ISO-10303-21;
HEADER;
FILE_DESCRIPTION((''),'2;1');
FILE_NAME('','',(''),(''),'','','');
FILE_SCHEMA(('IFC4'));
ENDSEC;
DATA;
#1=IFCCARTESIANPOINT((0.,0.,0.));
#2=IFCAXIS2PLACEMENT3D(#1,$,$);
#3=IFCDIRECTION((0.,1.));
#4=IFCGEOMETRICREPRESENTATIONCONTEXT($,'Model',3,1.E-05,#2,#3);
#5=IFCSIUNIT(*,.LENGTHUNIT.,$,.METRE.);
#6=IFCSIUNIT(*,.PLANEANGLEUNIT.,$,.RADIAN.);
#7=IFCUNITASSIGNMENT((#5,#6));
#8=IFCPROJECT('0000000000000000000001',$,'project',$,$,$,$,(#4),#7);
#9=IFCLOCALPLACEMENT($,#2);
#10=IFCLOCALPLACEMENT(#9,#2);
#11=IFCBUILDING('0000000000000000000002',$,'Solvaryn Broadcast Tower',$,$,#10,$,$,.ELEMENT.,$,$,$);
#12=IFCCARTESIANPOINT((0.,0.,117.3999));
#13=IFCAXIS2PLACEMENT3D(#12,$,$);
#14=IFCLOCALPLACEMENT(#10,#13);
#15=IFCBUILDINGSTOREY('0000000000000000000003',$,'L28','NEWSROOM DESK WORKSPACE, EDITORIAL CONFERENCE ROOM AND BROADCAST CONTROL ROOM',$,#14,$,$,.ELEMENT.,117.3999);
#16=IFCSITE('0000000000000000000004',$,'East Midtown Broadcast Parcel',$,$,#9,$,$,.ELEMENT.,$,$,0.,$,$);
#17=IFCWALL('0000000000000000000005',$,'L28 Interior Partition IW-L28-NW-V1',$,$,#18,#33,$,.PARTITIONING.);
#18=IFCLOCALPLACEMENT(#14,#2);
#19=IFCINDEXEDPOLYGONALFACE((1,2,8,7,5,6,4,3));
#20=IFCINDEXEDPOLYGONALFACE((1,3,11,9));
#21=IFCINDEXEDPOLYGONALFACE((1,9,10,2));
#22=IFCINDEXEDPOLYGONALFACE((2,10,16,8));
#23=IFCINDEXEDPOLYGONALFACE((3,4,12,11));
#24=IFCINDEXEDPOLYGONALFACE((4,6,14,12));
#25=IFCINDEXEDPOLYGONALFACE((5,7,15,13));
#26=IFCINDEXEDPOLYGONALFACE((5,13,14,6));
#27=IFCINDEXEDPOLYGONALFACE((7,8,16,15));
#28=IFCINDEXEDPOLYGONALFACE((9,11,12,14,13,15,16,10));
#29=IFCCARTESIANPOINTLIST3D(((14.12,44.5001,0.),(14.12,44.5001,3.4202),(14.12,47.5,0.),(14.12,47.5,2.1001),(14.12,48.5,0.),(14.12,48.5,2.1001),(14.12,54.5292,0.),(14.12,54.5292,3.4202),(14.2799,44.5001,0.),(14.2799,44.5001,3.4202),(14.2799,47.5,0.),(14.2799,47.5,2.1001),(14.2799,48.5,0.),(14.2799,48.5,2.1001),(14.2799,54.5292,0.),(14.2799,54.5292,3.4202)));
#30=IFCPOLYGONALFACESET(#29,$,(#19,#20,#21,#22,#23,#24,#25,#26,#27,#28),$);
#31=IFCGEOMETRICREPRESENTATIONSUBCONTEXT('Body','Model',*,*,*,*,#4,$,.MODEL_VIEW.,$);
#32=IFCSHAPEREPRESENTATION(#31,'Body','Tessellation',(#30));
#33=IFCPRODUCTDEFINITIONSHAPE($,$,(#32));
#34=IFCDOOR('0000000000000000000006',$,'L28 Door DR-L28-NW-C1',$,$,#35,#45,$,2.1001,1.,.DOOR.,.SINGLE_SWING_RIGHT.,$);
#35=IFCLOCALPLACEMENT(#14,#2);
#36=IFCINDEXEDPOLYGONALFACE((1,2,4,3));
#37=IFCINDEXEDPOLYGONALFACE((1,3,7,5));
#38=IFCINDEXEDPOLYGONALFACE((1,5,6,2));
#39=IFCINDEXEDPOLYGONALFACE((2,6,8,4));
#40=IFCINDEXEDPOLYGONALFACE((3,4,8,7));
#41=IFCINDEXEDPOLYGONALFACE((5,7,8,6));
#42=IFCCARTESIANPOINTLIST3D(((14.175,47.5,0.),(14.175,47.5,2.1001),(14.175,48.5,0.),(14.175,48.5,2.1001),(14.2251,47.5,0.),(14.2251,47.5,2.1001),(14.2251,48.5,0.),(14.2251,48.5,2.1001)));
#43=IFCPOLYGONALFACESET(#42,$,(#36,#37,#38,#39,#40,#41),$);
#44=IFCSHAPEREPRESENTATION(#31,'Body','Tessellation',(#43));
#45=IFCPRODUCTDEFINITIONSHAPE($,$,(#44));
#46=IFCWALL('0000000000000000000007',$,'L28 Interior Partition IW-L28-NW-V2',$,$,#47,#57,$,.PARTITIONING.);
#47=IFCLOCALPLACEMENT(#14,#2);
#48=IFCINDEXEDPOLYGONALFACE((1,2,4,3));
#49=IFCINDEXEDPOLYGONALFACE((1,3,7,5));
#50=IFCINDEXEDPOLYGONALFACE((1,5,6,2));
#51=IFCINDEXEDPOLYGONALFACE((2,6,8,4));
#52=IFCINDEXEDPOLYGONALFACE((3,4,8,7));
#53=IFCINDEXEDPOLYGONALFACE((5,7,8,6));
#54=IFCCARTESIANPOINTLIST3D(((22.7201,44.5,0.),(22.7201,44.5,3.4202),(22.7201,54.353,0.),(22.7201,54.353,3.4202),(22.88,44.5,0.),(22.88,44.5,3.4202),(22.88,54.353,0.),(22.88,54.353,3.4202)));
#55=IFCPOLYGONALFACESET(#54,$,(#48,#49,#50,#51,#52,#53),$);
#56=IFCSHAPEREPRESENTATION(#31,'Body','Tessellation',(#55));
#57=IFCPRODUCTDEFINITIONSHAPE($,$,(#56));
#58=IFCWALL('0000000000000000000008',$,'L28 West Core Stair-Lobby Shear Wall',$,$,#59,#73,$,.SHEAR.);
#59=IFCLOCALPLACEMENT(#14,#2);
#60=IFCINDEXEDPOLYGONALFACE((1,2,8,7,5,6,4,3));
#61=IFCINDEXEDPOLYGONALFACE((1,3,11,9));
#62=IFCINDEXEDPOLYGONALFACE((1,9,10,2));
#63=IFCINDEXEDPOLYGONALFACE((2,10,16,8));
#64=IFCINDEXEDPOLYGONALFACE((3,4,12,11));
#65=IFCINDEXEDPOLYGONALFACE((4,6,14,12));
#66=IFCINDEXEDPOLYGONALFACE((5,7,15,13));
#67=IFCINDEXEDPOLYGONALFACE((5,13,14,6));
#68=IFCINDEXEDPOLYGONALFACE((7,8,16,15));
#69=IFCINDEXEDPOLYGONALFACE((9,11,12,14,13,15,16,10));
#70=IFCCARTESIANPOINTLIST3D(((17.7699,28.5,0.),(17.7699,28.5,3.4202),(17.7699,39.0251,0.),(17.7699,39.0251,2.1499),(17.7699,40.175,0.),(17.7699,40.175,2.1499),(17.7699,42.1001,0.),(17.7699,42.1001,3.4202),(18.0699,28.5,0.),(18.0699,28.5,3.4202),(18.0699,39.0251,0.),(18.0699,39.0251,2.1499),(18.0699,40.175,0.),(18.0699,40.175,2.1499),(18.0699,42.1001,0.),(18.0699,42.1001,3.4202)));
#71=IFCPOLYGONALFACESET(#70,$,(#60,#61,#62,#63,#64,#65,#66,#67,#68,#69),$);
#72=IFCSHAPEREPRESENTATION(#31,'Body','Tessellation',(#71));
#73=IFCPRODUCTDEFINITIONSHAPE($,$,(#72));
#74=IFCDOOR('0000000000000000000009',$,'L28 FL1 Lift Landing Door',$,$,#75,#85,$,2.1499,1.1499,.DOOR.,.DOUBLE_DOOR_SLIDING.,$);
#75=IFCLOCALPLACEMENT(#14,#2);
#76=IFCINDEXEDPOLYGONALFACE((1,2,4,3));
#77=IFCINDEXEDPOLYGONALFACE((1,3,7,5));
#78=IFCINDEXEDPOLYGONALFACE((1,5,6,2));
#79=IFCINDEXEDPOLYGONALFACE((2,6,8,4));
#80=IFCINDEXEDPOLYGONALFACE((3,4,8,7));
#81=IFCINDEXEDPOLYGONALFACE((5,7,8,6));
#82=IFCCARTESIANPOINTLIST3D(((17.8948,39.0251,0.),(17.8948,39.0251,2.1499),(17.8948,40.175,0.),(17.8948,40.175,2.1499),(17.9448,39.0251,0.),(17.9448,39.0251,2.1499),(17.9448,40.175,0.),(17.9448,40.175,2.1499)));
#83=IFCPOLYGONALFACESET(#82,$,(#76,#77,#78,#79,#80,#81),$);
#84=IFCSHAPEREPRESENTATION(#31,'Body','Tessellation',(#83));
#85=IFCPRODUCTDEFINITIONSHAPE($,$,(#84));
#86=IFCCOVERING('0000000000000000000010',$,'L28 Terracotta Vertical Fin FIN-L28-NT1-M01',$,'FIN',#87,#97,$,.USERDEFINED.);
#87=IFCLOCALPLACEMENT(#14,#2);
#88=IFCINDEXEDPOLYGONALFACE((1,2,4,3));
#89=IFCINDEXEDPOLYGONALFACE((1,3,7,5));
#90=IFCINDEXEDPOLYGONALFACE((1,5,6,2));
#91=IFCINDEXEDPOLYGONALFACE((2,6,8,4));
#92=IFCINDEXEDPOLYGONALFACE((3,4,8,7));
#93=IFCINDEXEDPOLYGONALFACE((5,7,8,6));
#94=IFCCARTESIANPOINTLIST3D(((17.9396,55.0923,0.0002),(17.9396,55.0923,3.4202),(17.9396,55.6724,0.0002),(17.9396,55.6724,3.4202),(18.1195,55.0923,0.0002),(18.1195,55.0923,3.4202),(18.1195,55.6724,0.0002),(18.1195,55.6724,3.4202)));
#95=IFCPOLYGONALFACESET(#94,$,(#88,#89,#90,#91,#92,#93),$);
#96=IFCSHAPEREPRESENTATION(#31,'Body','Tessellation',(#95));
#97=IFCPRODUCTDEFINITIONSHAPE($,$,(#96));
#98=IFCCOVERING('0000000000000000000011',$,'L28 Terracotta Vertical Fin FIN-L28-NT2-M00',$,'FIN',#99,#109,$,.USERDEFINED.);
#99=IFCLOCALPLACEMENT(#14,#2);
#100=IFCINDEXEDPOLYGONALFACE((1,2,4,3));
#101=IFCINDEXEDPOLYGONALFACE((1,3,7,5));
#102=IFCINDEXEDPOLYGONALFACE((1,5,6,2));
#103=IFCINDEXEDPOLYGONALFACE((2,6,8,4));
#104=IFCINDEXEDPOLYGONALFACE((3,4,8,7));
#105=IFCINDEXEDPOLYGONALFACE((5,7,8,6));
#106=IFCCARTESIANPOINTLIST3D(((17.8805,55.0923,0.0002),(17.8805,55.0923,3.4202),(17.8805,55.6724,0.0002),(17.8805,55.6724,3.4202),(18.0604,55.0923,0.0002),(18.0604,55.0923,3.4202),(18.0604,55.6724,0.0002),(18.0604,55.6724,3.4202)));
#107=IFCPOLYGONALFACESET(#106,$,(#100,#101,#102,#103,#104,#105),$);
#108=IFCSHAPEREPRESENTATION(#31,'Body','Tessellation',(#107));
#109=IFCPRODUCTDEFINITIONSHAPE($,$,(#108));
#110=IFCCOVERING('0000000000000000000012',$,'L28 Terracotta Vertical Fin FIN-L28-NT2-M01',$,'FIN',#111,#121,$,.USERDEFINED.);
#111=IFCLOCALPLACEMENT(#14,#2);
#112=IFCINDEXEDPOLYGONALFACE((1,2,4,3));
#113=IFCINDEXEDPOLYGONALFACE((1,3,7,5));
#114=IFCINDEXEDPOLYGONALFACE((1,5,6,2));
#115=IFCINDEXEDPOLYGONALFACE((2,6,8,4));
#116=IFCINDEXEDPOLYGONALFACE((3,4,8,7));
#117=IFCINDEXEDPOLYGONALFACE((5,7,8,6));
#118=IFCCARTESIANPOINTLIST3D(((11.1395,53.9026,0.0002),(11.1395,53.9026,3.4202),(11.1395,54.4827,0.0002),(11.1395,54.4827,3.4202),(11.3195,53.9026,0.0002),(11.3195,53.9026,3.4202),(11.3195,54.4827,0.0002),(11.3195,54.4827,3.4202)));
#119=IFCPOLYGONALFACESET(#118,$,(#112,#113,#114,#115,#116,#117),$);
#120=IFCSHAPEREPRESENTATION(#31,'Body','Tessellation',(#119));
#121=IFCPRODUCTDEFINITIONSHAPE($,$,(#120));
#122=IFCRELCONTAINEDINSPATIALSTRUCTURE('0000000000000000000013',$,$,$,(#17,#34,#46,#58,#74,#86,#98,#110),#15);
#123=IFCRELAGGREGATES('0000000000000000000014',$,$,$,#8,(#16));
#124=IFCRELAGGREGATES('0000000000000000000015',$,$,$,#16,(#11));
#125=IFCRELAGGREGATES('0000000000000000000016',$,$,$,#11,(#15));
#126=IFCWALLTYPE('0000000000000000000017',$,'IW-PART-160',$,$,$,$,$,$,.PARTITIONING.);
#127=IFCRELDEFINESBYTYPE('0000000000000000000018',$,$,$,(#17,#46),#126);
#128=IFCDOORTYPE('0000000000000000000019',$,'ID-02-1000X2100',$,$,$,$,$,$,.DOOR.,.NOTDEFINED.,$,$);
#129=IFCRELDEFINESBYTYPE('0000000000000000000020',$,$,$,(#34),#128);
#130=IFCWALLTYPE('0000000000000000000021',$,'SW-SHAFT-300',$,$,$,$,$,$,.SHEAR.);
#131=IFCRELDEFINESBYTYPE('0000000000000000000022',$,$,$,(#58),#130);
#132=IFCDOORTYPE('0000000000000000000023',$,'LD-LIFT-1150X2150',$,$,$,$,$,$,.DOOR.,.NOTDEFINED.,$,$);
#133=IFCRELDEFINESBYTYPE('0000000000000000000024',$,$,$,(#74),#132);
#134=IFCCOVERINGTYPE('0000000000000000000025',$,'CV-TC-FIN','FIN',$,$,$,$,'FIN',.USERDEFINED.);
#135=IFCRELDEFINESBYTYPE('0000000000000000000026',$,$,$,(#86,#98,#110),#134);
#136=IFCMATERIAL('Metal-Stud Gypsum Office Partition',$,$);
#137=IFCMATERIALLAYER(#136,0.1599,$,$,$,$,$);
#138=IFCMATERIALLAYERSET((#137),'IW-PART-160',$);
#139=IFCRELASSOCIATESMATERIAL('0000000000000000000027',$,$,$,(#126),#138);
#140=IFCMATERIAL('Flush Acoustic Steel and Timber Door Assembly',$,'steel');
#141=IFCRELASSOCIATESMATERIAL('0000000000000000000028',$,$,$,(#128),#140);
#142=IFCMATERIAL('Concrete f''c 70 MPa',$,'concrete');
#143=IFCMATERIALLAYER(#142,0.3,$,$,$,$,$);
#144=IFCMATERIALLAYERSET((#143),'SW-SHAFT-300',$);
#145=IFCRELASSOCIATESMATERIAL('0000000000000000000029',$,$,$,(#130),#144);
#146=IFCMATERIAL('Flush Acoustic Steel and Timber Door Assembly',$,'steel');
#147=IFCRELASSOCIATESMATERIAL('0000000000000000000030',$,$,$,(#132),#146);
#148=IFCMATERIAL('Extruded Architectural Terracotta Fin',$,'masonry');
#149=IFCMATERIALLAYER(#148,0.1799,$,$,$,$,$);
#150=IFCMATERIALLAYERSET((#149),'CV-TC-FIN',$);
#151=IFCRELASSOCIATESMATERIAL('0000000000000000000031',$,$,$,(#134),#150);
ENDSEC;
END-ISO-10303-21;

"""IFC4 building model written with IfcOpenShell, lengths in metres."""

from ifc_helpers import new_model, si_unit, direction, frame, frame_2d, origin, origin_2d, place, context, subcontext, project, spatial, rectangle, extrude, material, layer, layer_set, type_object, element, fill, save


model = new_model("IFC4")

# Units and contexts
model_context = context("Model", 3, precision=1e-05, world=origin(), true_north=direction((0.0, 1.0)))
body_context = subcontext(model_context, "Body", "Model", "MODEL_VIEW")
ifc_project = project(units=[si_unit("LENGTHUNIT", "METRE"), si_unit("PLANEANGLEUNIT", "RADIAN")], contexts=[model_context])

# Site, building, storey
site_placement = place(None, origin())
site = spatial("IfcSite", under=ifc_project, at=site_placement, Name="East Midtown Broadcast Parcel", CompositionType="ELEMENT", RefElevation=0.0)
building_placement = place(site_placement, origin())
building = spatial("IfcBuilding", under=site, at=building_placement, Name="Solvaryn Broadcast Tower", CompositionType="ELEMENT")
storey_placement = place(building_placement, frame((0.0, 0.0, 117.3999)))
storey = spatial("IfcBuildingStorey", under=building, at=storey_placement, Name="L28", Description="NEWSROOM DESK WORKSPACE, EDITORIAL CONFERENCE ROOM AND BROADCAST CONTROL ROOM", CompositionType="ELEMENT", Elevation=117.3999)

# Shared definitions
ifc_material_1 = material(Name="Metal-Stud Gypsum Office Partition")
ifc_layer_1 = layer(ifc_material_1, 0.1599)
ifc_layer_set_1 = layer_set([ifc_layer_1], Name="IW-PART-160")
wall_type_1 = type_object("IfcWallType", Name="IW-PART-160", PredefinedType="PARTITIONING", material=ifc_layer_set_1)

# Wall, opening, door
wall_1_placement = place(storey_placement, frame((14.2, 44.5, 0.0), z_axis=(0.0, 0.0, 1.0), x_axis=(0.0, 1.0, 0.0)))
wall_1 = element("IfcWall", 1, at=wall_1_placement, inside=storey, type_object=wall_type_1, Name="L28 Interior Partition IW-L28-NW-V1", PredefinedType="PARTITIONING", context=body_context, shape_type="SweptSolid", body=[
    extrude(rectangle(XDim=10.0291, YDim=0.1599, at=frame_2d((5.0146, 0.0))), origin(), (0.0, 0.0, 1.0), 3.4202),
])
opening_1_placement = place(wall_1_placement, frame((3.0, 0.0, 0.0)))
opening_1 = element("IfcOpeningElement", 2, at=opening_1_placement, cuts=wall_1, PredefinedType="OPENING", context=body_context, shape_type="SweptSolid", body=[
    extrude(rectangle(XDim=1.0, YDim=2.1001, at=frame_2d((0.5, 1.05))), frame((0.0, 0.0901, 0.0), z_axis=(0.0, -1.0, 0.0), x_axis=(1.0, 0.0, 0.0)), (0.0, 0.0, 1.0), 0.1799),
])
ifc_material_2 = material(Name="Flush Acoustic Steel and Timber Door Assembly", Category="steel")
door_type_1 = type_object("IfcDoorType", Name="ID-02-1000X2100", OperationType="NOTDEFINED", PredefinedType="DOOR", material=ifc_material_2)
door_1_placement = place(opening_1_placement, origin())
door_1 = element("IfcDoor", 3, at=door_1_placement, inside=storey, type_object=door_type_1, Name="L28 Door DR-L28-NW-C1", OperationType="SINGLE_SWING_RIGHT", OverallHeight=2.1001, OverallWidth=1.0, PredefinedType="DOOR", context=body_context, shape_type="SweptSolid", body=[
    extrude(rectangle(XDim=1.0, YDim=2.1001, at=frame_2d((0.5, 1.05))), frame((0.0, 0.0249, 0.0), z_axis=(0.0, -1.0, 0.0), x_axis=(1.0, 0.0, 0.0)), (0.0, 0.0, 1.0), 0.05),
])
fill(opening_1, door_1)

# Wall
wall_2_placement = place(storey_placement, frame((22.8, 44.5, 0.0), z_axis=(0.0, 0.0, 1.0), x_axis=(0.0, 1.0, 0.0)))
element("IfcWall", 4, at=wall_2_placement, inside=storey, type_object=wall_type_1, Name="L28 Interior Partition IW-L28-NW-V2", PredefinedType="PARTITIONING", context=body_context, shape_type="SweptSolid", body=[
    extrude(rectangle(XDim=9.853, YDim=0.1599, at=frame_2d((4.9265, 0.0))), origin(), (0.0, 0.0, 1.0), 3.4202),
])

# Wall, opening, door
ifc_material_3 = material(Name="Concrete f'c 70 MPa", Category="concrete")
ifc_layer_2 = layer(ifc_material_3, 0.3)
ifc_layer_set_2 = layer_set([ifc_layer_2], Name="SW-SHAFT-300")
wall_type_2 = type_object("IfcWallType", Name="SW-SHAFT-300", PredefinedType="SHEAR", material=ifc_layer_set_2)
wall_3_placement = place(storey_placement, frame((17.9199, 42.1001, 0.0), z_axis=(0.0, 0.0, 1.0), x_axis=(0.0, -1.0, 0.0)))
wall_3 = element("IfcWall", 5, at=wall_3_placement, inside=storey, type_object=wall_type_2, Name="L28 West Core Stair-Lobby Shear Wall", PredefinedType="SHEAR", context=body_context, shape_type="SweptSolid", body=[
    extrude(rectangle(XDim=13.6001, YDim=0.3, at=frame_2d((6.8, 0.0))), origin(), (0.0, 0.0, 1.0), 3.4202),
])
opening_2_placement = place(wall_3_placement, frame((1.925, 0.0, 0.0)))
opening_2 = element("IfcOpeningElement", 6, at=opening_2_placement, cuts=wall_3, PredefinedType="OPENING", context=body_context, shape_type="SweptSolid", body=[
    extrude(rectangle(XDim=1.1499, YDim=2.1499, at=frame_2d((0.575, 1.075))), frame((0.0, 0.1599, 0.0), z_axis=(0.0, -1.0, 0.0), x_axis=(1.0, 0.0, 0.0)), (0.0, 0.0, 1.0), 0.3201),
])
ifc_material_4 = material(Name="Flush Acoustic Steel and Timber Door Assembly", Category="steel")
door_type_2 = type_object("IfcDoorType", Name="LD-LIFT-1150X2150", OperationType="NOTDEFINED", PredefinedType="DOOR", material=ifc_material_4)
door_2_placement = place(opening_2_placement, origin())
door_2 = element("IfcDoor", 7, at=door_2_placement, inside=storey, type_object=door_type_2, Name="L28 FL1 Lift Landing Door", OperationType="DOUBLE_DOOR_SLIDING", OverallHeight=2.1499, OverallWidth=1.1499, PredefinedType="DOOR", context=body_context, shape_type="SweptSolid", body=[
    extrude(rectangle(XDim=1.1499, YDim=2.1499, at=frame_2d((0.575, 1.075))), frame((0.0, 0.0249, 0.0), z_axis=(0.0, -1.0, 0.0), x_axis=(1.0, 0.0, 0.0)), (0.0, 0.0, 1.0), 0.05),
])
fill(opening_2, door_2)

# Coverings
ifc_material_5 = material(Name="Extruded Architectural Terracotta Fin", Category="masonry")
ifc_layer_3 = layer(ifc_material_5, 0.1799)
ifc_layer_set_3 = layer_set([ifc_layer_3], Name="CV-TC-FIN")
covering_type = type_object("IfcCoveringType", Name="CV-TC-FIN", Description="FIN", ElementType="FIN", PredefinedType="USERDEFINED", material=ifc_layer_set_3)
for number, where, z_axis, x_axis, name in (
    (8, (18.0295, 55.3823, 0.0002), (0.0, 0.0, 1.0), (1.0, 0.0, 0.0), "L28 Terracotta Vertical Fin FIN-L28-NT1-M01"),
    (9, (17.9705, 55.3823, 0.0002), (0.0, 0.0, 1.0), (1.0, 0.0, 0.0), "L28 Terracotta Vertical Fin FIN-L28-NT2-M00"),
    (10, (11.2295, 54.1926, 0.0002), (0.0, 0.0, 1.0), (1.0, 0.0, 0.0), "L28 Terracotta Vertical Fin FIN-L28-NT2-M01"),
):
    element("IfcCovering", number, at=place(storey_placement, frame(where, z_axis=z_axis, x_axis=x_axis)), inside=storey, type_object=covering_type, Name=name, ObjectType="FIN", PredefinedType="USERDEFINED", context=body_context, shape_type="SweptSolid", body=[
        extrude(rectangle(XDim=0.1799, YDim=0.5801, at=origin_2d()), origin(), (0.0, 0.0, 1.0), 3.4199),
    ])

save(model, "model.ifc")
